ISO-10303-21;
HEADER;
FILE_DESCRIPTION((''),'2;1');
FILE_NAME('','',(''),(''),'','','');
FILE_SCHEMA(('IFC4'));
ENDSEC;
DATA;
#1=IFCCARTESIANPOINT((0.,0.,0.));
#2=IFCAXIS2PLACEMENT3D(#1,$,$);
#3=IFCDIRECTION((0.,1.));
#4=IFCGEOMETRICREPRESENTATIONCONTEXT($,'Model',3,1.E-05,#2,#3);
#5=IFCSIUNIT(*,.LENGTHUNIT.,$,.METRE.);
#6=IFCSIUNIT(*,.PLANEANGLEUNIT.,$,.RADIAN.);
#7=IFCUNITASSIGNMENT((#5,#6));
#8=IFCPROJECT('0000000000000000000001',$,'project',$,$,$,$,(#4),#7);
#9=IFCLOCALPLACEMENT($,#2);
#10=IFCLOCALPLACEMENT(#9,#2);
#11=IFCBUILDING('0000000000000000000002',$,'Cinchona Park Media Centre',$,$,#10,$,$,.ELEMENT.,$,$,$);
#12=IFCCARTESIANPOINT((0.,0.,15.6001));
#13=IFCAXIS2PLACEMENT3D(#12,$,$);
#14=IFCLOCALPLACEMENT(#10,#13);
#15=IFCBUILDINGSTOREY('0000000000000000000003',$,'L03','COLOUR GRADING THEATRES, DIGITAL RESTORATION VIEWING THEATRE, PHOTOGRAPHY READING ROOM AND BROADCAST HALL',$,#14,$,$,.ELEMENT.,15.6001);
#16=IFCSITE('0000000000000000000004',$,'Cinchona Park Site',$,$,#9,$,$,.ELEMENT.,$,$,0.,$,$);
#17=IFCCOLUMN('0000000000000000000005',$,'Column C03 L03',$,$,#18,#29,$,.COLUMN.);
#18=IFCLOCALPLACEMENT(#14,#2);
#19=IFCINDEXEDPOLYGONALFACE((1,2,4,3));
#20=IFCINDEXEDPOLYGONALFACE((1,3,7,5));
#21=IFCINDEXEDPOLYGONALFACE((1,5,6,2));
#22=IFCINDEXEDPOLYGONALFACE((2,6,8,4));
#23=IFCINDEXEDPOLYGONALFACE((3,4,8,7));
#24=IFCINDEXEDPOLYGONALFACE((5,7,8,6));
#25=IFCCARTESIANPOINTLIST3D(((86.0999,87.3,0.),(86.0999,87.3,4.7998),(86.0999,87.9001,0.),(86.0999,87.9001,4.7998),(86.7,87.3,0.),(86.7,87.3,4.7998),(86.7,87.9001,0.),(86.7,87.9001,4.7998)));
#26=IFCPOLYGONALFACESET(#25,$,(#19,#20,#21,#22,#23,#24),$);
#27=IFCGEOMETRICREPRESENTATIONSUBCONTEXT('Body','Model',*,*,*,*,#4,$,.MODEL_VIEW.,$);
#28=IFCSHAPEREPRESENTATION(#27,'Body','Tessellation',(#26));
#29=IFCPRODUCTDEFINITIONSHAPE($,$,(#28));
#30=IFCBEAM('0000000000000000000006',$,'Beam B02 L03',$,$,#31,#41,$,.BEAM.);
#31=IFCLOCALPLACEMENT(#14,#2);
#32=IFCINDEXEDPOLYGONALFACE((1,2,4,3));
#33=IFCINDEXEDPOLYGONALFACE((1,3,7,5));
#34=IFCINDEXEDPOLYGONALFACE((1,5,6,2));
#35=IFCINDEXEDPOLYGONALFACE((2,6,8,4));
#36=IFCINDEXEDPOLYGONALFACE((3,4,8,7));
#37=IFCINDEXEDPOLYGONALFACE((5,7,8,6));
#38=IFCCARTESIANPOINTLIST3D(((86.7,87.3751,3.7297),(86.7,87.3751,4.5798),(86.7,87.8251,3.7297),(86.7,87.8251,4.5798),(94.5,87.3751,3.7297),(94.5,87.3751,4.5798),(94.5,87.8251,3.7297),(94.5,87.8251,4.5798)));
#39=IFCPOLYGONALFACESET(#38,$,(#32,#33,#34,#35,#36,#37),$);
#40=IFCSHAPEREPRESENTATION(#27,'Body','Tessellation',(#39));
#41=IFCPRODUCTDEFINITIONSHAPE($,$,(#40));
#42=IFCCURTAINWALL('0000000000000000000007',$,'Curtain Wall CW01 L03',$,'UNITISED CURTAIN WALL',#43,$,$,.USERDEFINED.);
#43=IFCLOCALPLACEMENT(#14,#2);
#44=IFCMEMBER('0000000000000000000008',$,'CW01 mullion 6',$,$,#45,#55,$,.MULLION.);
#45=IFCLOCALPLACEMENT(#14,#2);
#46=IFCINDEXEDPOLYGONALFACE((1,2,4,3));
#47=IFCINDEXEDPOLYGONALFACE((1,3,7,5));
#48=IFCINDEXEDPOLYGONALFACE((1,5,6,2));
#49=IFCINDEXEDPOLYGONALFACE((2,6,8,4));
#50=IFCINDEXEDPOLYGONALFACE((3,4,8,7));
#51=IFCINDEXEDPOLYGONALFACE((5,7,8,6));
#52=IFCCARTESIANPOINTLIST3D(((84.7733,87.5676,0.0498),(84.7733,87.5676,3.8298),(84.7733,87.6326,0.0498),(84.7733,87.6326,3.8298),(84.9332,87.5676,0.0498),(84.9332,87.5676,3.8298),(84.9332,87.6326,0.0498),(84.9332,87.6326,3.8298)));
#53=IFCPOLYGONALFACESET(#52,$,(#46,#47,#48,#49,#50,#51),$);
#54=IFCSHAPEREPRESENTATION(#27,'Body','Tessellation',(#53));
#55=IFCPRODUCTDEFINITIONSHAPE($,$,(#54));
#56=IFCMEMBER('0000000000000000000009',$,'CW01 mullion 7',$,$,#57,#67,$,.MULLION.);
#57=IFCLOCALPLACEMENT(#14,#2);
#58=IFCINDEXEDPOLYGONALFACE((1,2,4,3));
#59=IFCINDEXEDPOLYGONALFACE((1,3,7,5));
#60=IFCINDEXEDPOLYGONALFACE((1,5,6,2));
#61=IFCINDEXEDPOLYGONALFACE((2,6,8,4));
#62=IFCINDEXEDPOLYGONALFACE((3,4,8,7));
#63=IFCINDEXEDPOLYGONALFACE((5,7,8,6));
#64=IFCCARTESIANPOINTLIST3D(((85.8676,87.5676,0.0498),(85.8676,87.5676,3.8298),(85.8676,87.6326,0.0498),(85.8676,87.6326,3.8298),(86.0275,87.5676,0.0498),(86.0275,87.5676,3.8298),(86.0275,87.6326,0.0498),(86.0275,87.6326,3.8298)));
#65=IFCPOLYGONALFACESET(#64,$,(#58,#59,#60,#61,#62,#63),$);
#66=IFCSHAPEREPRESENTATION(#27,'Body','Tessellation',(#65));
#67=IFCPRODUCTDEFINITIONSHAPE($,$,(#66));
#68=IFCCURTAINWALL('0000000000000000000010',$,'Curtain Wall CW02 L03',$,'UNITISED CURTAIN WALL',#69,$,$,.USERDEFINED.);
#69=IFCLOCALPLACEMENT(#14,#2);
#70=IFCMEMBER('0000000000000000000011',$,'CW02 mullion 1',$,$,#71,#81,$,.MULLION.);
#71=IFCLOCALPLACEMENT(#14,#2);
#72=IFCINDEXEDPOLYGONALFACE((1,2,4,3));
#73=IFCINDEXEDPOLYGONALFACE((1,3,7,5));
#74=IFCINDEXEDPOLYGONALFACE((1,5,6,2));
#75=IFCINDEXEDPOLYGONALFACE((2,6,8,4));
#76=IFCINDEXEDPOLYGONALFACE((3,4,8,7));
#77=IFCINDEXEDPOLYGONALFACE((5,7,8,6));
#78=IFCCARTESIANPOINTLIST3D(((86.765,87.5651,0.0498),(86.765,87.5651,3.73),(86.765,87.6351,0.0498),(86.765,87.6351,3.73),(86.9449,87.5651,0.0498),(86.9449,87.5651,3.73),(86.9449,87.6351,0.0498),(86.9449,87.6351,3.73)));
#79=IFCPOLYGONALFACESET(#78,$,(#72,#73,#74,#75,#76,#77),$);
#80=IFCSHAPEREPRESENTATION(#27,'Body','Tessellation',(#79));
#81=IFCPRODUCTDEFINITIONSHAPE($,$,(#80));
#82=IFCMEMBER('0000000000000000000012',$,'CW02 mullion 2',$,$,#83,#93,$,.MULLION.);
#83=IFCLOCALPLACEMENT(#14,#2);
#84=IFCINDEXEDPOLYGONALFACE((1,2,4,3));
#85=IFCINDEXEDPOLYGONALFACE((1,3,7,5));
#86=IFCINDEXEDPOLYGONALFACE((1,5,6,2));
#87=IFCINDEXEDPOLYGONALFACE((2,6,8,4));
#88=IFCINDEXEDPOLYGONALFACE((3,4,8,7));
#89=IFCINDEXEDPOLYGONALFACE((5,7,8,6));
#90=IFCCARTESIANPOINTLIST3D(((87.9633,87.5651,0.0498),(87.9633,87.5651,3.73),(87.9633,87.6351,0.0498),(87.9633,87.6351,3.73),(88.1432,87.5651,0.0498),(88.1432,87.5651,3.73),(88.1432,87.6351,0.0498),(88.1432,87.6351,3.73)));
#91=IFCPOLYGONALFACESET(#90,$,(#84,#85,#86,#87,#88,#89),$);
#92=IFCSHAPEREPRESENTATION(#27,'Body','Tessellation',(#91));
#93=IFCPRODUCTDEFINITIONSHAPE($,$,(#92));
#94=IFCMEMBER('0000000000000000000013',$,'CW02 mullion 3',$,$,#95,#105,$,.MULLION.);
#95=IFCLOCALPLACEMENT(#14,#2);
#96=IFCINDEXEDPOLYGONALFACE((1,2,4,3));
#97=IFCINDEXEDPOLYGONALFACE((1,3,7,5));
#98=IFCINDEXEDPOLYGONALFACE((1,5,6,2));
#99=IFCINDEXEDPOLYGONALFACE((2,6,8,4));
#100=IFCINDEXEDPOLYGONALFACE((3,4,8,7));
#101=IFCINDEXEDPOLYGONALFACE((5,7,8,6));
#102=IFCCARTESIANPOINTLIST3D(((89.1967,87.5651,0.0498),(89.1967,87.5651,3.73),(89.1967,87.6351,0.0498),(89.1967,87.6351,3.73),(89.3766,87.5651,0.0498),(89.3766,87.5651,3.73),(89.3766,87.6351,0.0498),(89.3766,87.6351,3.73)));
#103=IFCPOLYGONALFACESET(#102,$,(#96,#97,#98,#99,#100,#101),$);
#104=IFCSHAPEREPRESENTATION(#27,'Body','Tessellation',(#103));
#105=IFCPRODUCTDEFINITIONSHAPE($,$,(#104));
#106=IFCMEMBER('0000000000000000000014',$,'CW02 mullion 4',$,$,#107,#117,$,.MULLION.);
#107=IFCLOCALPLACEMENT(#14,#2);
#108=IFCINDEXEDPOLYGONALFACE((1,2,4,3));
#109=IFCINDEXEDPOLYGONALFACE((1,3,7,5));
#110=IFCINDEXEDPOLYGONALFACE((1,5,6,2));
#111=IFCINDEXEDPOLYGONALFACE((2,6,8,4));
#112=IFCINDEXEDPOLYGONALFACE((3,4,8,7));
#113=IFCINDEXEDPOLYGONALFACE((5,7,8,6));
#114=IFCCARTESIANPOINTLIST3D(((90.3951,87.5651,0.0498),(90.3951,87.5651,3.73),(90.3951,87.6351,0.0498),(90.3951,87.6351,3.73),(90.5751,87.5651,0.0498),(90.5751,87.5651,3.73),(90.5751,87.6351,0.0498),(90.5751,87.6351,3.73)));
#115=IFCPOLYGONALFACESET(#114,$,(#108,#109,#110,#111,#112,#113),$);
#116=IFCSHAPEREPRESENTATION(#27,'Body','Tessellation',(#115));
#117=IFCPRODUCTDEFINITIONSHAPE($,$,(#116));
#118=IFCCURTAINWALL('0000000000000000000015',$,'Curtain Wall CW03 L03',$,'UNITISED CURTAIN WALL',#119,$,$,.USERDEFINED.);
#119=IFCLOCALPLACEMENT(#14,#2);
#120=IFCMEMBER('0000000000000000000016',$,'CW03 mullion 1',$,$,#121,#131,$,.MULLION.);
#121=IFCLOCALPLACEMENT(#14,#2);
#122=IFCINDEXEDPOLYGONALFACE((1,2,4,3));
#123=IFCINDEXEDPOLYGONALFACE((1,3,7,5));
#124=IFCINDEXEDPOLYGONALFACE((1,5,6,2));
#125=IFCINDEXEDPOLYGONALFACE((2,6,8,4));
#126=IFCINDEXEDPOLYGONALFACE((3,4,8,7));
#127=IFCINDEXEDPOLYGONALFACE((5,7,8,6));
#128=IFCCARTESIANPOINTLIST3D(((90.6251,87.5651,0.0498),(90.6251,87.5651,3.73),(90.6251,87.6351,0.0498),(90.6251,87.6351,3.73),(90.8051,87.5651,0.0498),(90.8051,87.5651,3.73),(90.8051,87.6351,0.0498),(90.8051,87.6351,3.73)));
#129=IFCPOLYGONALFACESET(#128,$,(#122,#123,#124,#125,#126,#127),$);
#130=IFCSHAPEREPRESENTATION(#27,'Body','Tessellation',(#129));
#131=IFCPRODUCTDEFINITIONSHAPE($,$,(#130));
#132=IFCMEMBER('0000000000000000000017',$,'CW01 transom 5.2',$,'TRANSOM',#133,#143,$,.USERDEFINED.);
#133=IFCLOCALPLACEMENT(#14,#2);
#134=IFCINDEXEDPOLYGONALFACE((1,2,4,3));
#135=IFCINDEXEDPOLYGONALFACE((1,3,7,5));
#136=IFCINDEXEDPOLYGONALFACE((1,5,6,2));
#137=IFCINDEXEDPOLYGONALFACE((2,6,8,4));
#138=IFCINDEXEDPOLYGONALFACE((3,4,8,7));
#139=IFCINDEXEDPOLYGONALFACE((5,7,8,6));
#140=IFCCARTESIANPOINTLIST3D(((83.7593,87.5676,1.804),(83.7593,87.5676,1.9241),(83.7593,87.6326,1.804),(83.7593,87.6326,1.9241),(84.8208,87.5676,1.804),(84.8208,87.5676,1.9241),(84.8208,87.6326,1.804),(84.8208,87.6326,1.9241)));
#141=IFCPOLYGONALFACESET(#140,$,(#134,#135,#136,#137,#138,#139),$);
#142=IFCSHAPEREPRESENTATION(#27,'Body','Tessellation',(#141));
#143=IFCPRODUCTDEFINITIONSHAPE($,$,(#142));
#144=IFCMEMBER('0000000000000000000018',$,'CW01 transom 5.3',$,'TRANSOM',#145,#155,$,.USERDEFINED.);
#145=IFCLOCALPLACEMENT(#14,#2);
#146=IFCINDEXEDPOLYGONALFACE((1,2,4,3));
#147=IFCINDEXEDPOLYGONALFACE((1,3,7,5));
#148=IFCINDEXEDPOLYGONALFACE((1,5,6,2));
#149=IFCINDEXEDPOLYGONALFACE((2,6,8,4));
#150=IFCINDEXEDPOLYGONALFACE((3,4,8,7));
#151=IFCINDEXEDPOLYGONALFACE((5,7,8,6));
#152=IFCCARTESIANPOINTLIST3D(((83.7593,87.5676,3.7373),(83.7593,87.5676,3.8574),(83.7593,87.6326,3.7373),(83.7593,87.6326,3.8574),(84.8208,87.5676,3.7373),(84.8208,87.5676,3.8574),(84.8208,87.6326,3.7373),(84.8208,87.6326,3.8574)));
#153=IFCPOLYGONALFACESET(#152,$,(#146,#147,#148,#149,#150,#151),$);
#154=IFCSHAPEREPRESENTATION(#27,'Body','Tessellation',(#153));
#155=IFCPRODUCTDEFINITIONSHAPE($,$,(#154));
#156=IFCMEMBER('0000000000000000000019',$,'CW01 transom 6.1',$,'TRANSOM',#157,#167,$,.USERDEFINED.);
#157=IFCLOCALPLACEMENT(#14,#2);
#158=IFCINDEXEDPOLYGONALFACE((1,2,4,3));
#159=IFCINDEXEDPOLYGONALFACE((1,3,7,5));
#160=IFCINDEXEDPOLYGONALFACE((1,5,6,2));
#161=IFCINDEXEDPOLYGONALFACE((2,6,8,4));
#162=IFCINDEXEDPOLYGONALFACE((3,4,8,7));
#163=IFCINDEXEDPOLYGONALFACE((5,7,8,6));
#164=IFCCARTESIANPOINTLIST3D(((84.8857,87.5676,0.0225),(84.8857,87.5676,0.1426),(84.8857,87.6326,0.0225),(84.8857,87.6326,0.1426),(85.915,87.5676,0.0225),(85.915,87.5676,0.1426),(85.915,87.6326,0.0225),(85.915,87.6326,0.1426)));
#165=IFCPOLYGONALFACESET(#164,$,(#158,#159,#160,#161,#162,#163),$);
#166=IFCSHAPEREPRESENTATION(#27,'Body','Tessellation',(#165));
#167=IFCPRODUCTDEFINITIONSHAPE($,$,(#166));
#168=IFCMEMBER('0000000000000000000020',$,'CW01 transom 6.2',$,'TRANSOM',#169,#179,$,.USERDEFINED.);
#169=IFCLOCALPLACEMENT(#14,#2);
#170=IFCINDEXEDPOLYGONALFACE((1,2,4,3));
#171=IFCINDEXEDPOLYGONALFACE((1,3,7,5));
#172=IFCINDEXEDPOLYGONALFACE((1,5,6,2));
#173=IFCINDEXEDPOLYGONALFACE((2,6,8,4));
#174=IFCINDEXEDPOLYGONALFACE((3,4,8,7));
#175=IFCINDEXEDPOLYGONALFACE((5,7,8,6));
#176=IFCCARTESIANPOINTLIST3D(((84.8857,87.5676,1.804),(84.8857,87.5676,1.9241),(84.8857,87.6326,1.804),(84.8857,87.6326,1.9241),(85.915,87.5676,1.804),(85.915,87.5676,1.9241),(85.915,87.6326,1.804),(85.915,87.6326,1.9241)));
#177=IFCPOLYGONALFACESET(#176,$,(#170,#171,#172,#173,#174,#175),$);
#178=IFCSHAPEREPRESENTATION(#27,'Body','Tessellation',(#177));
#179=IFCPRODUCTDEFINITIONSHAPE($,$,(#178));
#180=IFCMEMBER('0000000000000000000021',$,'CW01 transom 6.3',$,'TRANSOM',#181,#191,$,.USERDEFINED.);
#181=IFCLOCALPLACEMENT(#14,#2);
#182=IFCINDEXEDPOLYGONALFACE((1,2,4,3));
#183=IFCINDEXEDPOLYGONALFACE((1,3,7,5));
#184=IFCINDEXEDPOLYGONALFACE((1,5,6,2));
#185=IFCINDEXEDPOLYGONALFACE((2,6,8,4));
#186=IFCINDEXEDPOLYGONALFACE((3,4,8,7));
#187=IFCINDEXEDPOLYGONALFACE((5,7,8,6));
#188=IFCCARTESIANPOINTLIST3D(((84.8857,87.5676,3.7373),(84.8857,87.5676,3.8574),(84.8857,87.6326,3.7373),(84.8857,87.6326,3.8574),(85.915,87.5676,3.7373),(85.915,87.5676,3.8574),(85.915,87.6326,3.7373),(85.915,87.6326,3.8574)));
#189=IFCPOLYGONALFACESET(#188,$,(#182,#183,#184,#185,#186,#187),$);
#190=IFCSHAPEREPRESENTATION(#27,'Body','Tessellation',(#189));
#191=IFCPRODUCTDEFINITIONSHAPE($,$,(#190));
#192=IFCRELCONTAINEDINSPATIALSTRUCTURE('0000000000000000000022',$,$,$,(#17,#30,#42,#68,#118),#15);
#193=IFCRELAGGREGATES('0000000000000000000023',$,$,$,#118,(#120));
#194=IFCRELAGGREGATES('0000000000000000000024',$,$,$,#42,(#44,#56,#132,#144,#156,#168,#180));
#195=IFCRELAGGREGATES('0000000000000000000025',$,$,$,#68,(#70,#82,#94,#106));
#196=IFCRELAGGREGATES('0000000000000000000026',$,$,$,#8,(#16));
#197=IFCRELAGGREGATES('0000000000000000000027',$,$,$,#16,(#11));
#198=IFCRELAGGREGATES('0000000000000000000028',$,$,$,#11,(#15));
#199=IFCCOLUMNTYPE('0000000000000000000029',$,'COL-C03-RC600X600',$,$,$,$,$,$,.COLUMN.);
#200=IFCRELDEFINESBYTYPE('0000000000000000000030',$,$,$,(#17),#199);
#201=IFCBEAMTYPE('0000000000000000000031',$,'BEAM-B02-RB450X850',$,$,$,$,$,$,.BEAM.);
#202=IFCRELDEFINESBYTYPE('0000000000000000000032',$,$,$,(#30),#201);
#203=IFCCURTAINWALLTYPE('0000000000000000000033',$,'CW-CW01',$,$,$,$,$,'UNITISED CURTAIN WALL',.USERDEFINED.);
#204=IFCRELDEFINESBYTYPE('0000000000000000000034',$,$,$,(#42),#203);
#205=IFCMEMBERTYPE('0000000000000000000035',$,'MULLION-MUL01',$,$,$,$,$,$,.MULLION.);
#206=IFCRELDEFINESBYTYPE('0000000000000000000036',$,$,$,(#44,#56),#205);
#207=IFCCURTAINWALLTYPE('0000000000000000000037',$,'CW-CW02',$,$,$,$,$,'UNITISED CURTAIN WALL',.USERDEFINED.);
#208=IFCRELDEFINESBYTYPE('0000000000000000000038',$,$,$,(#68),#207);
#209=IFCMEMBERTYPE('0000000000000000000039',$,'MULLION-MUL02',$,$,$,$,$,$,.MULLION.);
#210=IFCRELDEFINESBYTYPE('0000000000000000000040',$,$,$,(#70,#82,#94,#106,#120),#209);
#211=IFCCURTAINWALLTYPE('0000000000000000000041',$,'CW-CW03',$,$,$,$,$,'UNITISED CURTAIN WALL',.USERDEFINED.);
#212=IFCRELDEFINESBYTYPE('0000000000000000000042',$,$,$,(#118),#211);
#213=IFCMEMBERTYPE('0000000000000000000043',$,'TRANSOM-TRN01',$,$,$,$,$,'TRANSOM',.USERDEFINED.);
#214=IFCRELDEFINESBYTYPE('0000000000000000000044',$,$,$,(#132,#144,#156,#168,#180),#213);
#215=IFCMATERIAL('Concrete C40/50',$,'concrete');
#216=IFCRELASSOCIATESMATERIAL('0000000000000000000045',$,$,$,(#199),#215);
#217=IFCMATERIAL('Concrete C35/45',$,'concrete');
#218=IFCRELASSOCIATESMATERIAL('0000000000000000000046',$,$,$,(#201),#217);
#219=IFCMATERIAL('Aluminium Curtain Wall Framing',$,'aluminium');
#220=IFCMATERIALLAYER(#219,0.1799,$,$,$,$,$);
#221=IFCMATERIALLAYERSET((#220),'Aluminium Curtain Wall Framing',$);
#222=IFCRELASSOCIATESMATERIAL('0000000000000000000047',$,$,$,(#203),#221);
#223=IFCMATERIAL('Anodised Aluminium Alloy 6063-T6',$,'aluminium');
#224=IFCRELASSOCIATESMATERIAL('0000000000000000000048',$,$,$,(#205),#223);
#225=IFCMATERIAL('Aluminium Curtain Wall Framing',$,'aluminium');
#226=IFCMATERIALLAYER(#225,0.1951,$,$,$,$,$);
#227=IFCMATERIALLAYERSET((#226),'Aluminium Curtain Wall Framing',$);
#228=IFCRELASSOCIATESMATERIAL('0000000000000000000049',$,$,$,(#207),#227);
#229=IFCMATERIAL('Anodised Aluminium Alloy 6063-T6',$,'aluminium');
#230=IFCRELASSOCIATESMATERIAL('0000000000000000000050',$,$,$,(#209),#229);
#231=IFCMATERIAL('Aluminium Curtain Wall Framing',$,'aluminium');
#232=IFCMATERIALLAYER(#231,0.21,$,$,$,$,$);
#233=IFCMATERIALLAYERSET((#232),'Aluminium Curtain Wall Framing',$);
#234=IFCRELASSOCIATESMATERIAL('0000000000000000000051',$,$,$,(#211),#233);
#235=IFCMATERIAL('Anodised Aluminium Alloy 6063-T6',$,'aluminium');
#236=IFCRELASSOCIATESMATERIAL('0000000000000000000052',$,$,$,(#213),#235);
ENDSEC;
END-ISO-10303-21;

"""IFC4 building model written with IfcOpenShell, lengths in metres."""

from ifc_helpers import new_model, si_unit, direction, frame, origin, origin_2d, place, context, subcontext, project, spatial, rectangle, extrude, material, layer, layer_set, material_profile, profile_set, type_object, element, aggregate, save


model = new_model("IFC4")

# Units and contexts
model_context = context("Model", 3, precision=1e-05, world=origin(), true_north=direction((0.0, 1.0)))
body_context = subcontext(model_context, "Body", "Model", "MODEL_VIEW")
ifc_project = project(units=[si_unit("LENGTHUNIT", "METRE"), si_unit("PLANEANGLEUNIT", "RADIAN")], contexts=[model_context])

# Site, building, storey
site_placement = place(None, origin())
site = spatial("IfcSite", under=ifc_project, at=site_placement, Name="Cinchona Park Site", CompositionType="ELEMENT", RefElevation=0.0)
building_placement = place(site_placement, origin())
building = spatial("IfcBuilding", under=site, at=building_placement, Name="Cinchona Park Media Centre", CompositionType="ELEMENT")
storey_placement = place(building_placement, frame((0.0, 0.0, 15.6001)))
storey = spatial("IfcBuildingStorey", under=building, at=storey_placement, Name="L03", Description="COLOUR GRADING THEATRES, DIGITAL RESTORATION VIEWING THEATRE, PHOTOGRAPHY READING ROOM AND BROADCAST HALL", CompositionType="ELEMENT", Elevation=15.6001)

# Column
ifc_material_1 = material(Name="Concrete C40/50", Category="concrete")
ifc_material_profile_1 = material_profile(ifc_material_1, rectangle(XDim=0.6001, YDim=0.6001, at=origin_2d()), Name="RC 600X600")
ifc_profile_set_1 = profile_set([ifc_material_profile_1], Name="Concrete C40/50")
column_type = type_object("IfcColumnType", Name="COL-C03-RC600X600", PredefinedType="COLUMN", material=ifc_profile_set_1)
column_placement = place(storey_placement, frame((86.3999, 87.6001, 0.0), z_axis=(0.0, 0.0, 1.0), x_axis=(1.0, 0.0, 0.0)))
element("IfcColumn", 1, at=column_placement, inside=storey, type_object=column_type, Name="Column C03 L03", PredefinedType="COLUMN", context=body_context, shape_type="SweptSolid", body=[
    extrude(rectangle(XDim=0.6001, YDim=0.6001, at=origin_2d()), origin(), (0.0, 0.0, 1.0), 4.7998),
])

# Beam
ifc_material_2 = material(Name="Concrete C35/45", Category="concrete")
ifc_material_profile_2 = material_profile(ifc_material_2, rectangle(XDim=0.45, YDim=0.8501, at=origin_2d()), Name="RB 450X850")
ifc_profile_set_2 = profile_set([ifc_material_profile_2], Name="Concrete C35/45")
beam_type = type_object("IfcBeamType", Name="BEAM-B02-RB450X850", PredefinedType="BEAM", material=ifc_profile_set_2)
beam_placement = place(storey_placement, frame((86.7, 87.6001, 4.1548), z_axis=(1.0, 0.0, 0.0), x_axis=(0.0, 1.0, 0.0)))
element("IfcBeam", 2, at=beam_placement, inside=storey, type_object=beam_type, Name="Beam B02 L03", PredefinedType="BEAM", context=body_context, shape_type="SweptSolid", body=[
    extrude(rectangle(XDim=0.45, YDim=0.8501, at=origin_2d()), origin(), (0.0, 0.0, 1.0), 7.8),
])

# Curtain walls, members
ifc_material_3 = material(Name="Aluminium Curtain Wall Framing", Category="aluminium")
ifc_layer_1 = layer(ifc_material_3, 0.1799)
ifc_layer_set_1 = layer_set([ifc_layer_1], Name="Aluminium Curtain Wall Framing")
curtain_wall_type_1 = type_object("IfcCurtainWallType", Name="CW-CW01", ElementType="UNITISED CURTAIN WALL", PredefinedType="USERDEFINED", material=ifc_layer_set_1)
curtain_wall_1_placement = place(storey_placement, origin())
curtain_wall_1 = element("IfcCurtainWall", 3, at=curtain_wall_1_placement, inside=storey, type_object=curtain_wall_type_1, Name="Curtain Wall CW01 L03", ObjectType="UNITISED CURTAIN WALL", PredefinedType="USERDEFINED")
ifc_material_4 = material(Name="Anodised Aluminium Alloy 6063-T6", Category="aluminium")
ifc_material_profile_3 = material_profile(ifc_material_4, rectangle(XDim=0.0649, YDim=0.1599, at=origin_2d()), Name="MUL-65X160")
ifc_profile_set_3 = profile_set([ifc_material_profile_3], Name="Anodised Aluminium Alloy 6063-T6")
member_type_1 = type_object("IfcMemberType", Name="MULLION-MUL01", PredefinedType="MULLION", material=ifc_profile_set_3)
member_1_placement = place(storey_placement, frame((84.8533, 87.6001, 0.0498), z_axis=(0.0, 0.0, 1.0), x_axis=(0.0, 1.0, 0.0)))
member_1 = element("IfcMember", 4, at=member_1_placement, type_object=member_type_1, Name="CW01 mullion 6", PredefinedType="MULLION", context=body_context, shape_type="SweptSolid", body=[
    extrude(rectangle(XDim=0.0649, YDim=0.1599, at=origin_2d()), origin(), (0.0, 0.0, 1.0), 3.78),
])
member_2_placement = place(storey_placement, frame((85.9475, 87.6001, 0.0498), z_axis=(0.0, 0.0, 1.0), x_axis=(0.0, 1.0, 0.0)))
member_2 = element("IfcMember", 5, at=member_2_placement, type_object=member_type_1, Name="CW01 mullion 7", PredefinedType="MULLION", context=body_context, shape_type="SweptSolid", body=[
    extrude(rectangle(XDim=0.0649, YDim=0.1599, at=origin_2d()), origin(), (0.0, 0.0, 1.0), 3.78),
])
ifc_material_5 = material(Name="Aluminium Curtain Wall Framing", Category="aluminium")
ifc_layer_2 = layer(ifc_material_5, 0.1951)
ifc_layer_set_2 = layer_set([ifc_layer_2], Name="Aluminium Curtain Wall Framing")
curtain_wall_type_2 = type_object("IfcCurtainWallType", Name="CW-CW02", ElementType="UNITISED CURTAIN WALL", PredefinedType="USERDEFINED", material=ifc_layer_set_2)
curtain_wall_2_placement = place(storey_placement, origin())
curtain_wall_2 = element("IfcCurtainWall", 6, at=curtain_wall_2_placement, inside=storey, type_object=curtain_wall_type_2, Name="Curtain Wall CW02 L03", ObjectType="UNITISED CURTAIN WALL", PredefinedType="USERDEFINED")
ifc_material_6 = material(Name="Anodised Aluminium Alloy 6063-T6", Category="aluminium")
ifc_material_profile_4 = material_profile(ifc_material_6, rectangle(XDim=0.0701, YDim=0.1799, at=origin_2d()), Name="MUL-70X180")
ifc_profile_set_4 = profile_set([ifc_material_profile_4], Name="Anodised Aluminium Alloy 6063-T6")
member_type_2 = type_object("IfcMemberType", Name="MULLION-MUL02", PredefinedType="MULLION", material=ifc_profile_set_4)
member_3_placement = place(storey_placement, frame((86.855, 87.6001, 0.0498), z_axis=(0.0, 0.0, 1.0), x_axis=(0.0, 1.0, 0.0)))
member_3 = element("IfcMember", 7, at=member_3_placement, type_object=member_type_2, Name="CW02 mullion 1", PredefinedType="MULLION", context=body_context, shape_type="SweptSolid", body=[
    extrude(rectangle(XDim=0.0701, YDim=0.1799, at=origin_2d()), origin(), (0.0, 0.0, 1.0), 3.6802),
])
member_4_placement = place(storey_placement, frame((88.0532, 87.6001, 0.0498), z_axis=(0.0, 0.0, 1.0), x_axis=(0.0, 1.0, 0.0)))
member_4 = element("IfcMember", 8, at=member_4_placement, type_object=member_type_2, Name="CW02 mullion 2", PredefinedType="MULLION", context=body_context, shape_type="SweptSolid", body=[
    extrude(rectangle(XDim=0.0701, YDim=0.1799, at=origin_2d()), origin(), (0.0, 0.0, 1.0), 3.6802),
])
member_5_placement = place(storey_placement, frame((89.2866, 87.6001, 0.0498), z_axis=(0.0, 0.0, 1.0), x_axis=(0.0, 1.0, 0.0)))
member_5 = element("IfcMember", 9, at=member_5_placement, type_object=member_type_2, Name="CW02 mullion 3", PredefinedType="MULLION", context=body_context, shape_type="SweptSolid", body=[
    extrude(rectangle(XDim=0.0701, YDim=0.1799, at=origin_2d()), origin(), (0.0, 0.0, 1.0), 3.6802),
])
member_6_placement = place(storey_placement, frame((90.4851, 87.6001, 0.0498), z_axis=(0.0, 0.0, 1.0), x_axis=(0.0, 1.0, 0.0)))
member_6 = element("IfcMember", 10, at=member_6_placement, type_object=member_type_2, Name="CW02 mullion 4", PredefinedType="MULLION", context=body_context, shape_type="SweptSolid", body=[
    extrude(rectangle(XDim=0.0701, YDim=0.1799, at=origin_2d()), origin(), (0.0, 0.0, 1.0), 3.6802),
])

# Curtain wall, member
ifc_material_7 = material(Name="Aluminium Curtain Wall Framing", Category="aluminium")
ifc_layer_3 = layer(ifc_material_7, 0.21)
ifc_layer_set_3 = layer_set([ifc_layer_3], Name="Aluminium Curtain Wall Framing")
curtain_wall_type_3 = type_object("IfcCurtainWallType", Name="CW-CW03", ElementType="UNITISED CURTAIN WALL", PredefinedType="USERDEFINED", material=ifc_layer_set_3)
curtain_wall_3_placement = place(storey_placement, origin())
curtain_wall_3 = element("IfcCurtainWall", 11, at=curtain_wall_3_placement, inside=storey, type_object=curtain_wall_type_3, Name="Curtain Wall CW03 L03", ObjectType="UNITISED CURTAIN WALL", PredefinedType="USERDEFINED")
member_7_placement = place(storey_placement, frame((90.7151, 87.6001, 0.0498), z_axis=(0.0, 0.0, 1.0), x_axis=(0.0, 1.0, 0.0)))
member_7 = element("IfcMember", 12, at=member_7_placement, type_object=member_type_2, Name="CW03 mullion 1", PredefinedType="MULLION", context=body_context, shape_type="SweptSolid", body=[
    extrude(rectangle(XDim=0.0701, YDim=0.1799, at=origin_2d()), origin(), (0.0, 0.0, 1.0), 3.6802),
])

# Members
ifc_material_8 = material(Name="Anodised Aluminium Alloy 6063-T6", Category="aluminium")
ifc_material_profile_5 = material_profile(ifc_material_8, rectangle(XDim=0.0649, YDim=0.1201, at=origin_2d()), Name="TRN-65X120")
ifc_profile_set_5 = profile_set([ifc_material_profile_5], Name="Anodised Aluminium Alloy 6063-T6")
member_type_3 = type_object("IfcMemberType", Name="TRANSOM-TRN01", ElementType="TRANSOM", PredefinedType="USERDEFINED", material=ifc_profile_set_5)
member_8_placement = place(storey_placement, frame((83.7593, 87.6001, 1.864), z_axis=(1.0, 0.0, 0.0), x_axis=(0.0, 1.0, 0.0)))
member_8 = element("IfcMember", 13, at=member_8_placement, type_object=member_type_3, Name="CW01 transom 5.2", ObjectType="TRANSOM", PredefinedType="USERDEFINED", context=body_context, shape_type="SweptSolid", body=[
    extrude(rectangle(XDim=0.0649, YDim=0.1201, at=origin_2d()), origin(), (0.0, 0.0, 1.0), 1.0615),
])
member_9_placement = place(storey_placement, frame((83.7593, 87.6001, 3.7974), z_axis=(1.0, 0.0, 0.0), x_axis=(0.0, 1.0, 0.0)))
member_9 = element("IfcMember", 14, at=member_9_placement, type_object=member_type_3, Name="CW01 transom 5.3", ObjectType="TRANSOM", PredefinedType="USERDEFINED", context=body_context, shape_type="SweptSolid", body=[
    extrude(rectangle(XDim=0.0649, YDim=0.1201, at=origin_2d()), origin(), (0.0, 0.0, 1.0), 1.0615),
])
member_10_placement = place(storey_placement, frame((84.8857, 87.6001, 0.0825), z_axis=(1.0, 0.0, 0.0), x_axis=(0.0, 1.0, 0.0)))
member_10 = element("IfcMember", 15, at=member_10_placement, type_object=member_type_3, Name="CW01 transom 6.1", ObjectType="TRANSOM", PredefinedType="USERDEFINED", context=body_context, shape_type="SweptSolid", body=[
    extrude(rectangle(XDim=0.0649, YDim=0.1201, at=origin_2d()), origin(), (0.0, 0.0, 1.0), 1.0293),
])
member_11_placement = place(storey_placement, frame((84.8857, 87.6001, 1.864), z_axis=(1.0, 0.0, 0.0), x_axis=(0.0, 1.0, 0.0)))
member_11 = element("IfcMember", 16, at=member_11_placement, type_object=member_type_3, Name="CW01 transom 6.2", ObjectType="TRANSOM", PredefinedType="USERDEFINED", context=body_context, shape_type="SweptSolid", body=[
    extrude(rectangle(XDim=0.0649, YDim=0.1201, at=origin_2d()), origin(), (0.0, 0.0, 1.0), 1.0293),
])
member_12_placement = place(storey_placement, frame((84.8857, 87.6001, 3.7974), z_axis=(1.0, 0.0, 0.0), x_axis=(0.0, 1.0, 0.0)))
member_12 = element("IfcMember", 17, at=member_12_placement, type_object=member_type_3, Name="CW01 transom 6.3", ObjectType="TRANSOM", PredefinedType="USERDEFINED", context=body_context, shape_type="SweptSolid", body=[
    extrude(rectangle(XDim=0.0649, YDim=0.1201, at=origin_2d()), origin(), (0.0, 0.0, 1.0), 1.0293),
])

aggregate(curtain_wall_3, [member_7])
aggregate(curtain_wall_1, [member_1, member_2, member_8, member_9, member_10, member_11, member_12])
aggregate(curtain_wall_2, [member_3, member_4, member_5, member_6])

save(model, "model.ifc")
